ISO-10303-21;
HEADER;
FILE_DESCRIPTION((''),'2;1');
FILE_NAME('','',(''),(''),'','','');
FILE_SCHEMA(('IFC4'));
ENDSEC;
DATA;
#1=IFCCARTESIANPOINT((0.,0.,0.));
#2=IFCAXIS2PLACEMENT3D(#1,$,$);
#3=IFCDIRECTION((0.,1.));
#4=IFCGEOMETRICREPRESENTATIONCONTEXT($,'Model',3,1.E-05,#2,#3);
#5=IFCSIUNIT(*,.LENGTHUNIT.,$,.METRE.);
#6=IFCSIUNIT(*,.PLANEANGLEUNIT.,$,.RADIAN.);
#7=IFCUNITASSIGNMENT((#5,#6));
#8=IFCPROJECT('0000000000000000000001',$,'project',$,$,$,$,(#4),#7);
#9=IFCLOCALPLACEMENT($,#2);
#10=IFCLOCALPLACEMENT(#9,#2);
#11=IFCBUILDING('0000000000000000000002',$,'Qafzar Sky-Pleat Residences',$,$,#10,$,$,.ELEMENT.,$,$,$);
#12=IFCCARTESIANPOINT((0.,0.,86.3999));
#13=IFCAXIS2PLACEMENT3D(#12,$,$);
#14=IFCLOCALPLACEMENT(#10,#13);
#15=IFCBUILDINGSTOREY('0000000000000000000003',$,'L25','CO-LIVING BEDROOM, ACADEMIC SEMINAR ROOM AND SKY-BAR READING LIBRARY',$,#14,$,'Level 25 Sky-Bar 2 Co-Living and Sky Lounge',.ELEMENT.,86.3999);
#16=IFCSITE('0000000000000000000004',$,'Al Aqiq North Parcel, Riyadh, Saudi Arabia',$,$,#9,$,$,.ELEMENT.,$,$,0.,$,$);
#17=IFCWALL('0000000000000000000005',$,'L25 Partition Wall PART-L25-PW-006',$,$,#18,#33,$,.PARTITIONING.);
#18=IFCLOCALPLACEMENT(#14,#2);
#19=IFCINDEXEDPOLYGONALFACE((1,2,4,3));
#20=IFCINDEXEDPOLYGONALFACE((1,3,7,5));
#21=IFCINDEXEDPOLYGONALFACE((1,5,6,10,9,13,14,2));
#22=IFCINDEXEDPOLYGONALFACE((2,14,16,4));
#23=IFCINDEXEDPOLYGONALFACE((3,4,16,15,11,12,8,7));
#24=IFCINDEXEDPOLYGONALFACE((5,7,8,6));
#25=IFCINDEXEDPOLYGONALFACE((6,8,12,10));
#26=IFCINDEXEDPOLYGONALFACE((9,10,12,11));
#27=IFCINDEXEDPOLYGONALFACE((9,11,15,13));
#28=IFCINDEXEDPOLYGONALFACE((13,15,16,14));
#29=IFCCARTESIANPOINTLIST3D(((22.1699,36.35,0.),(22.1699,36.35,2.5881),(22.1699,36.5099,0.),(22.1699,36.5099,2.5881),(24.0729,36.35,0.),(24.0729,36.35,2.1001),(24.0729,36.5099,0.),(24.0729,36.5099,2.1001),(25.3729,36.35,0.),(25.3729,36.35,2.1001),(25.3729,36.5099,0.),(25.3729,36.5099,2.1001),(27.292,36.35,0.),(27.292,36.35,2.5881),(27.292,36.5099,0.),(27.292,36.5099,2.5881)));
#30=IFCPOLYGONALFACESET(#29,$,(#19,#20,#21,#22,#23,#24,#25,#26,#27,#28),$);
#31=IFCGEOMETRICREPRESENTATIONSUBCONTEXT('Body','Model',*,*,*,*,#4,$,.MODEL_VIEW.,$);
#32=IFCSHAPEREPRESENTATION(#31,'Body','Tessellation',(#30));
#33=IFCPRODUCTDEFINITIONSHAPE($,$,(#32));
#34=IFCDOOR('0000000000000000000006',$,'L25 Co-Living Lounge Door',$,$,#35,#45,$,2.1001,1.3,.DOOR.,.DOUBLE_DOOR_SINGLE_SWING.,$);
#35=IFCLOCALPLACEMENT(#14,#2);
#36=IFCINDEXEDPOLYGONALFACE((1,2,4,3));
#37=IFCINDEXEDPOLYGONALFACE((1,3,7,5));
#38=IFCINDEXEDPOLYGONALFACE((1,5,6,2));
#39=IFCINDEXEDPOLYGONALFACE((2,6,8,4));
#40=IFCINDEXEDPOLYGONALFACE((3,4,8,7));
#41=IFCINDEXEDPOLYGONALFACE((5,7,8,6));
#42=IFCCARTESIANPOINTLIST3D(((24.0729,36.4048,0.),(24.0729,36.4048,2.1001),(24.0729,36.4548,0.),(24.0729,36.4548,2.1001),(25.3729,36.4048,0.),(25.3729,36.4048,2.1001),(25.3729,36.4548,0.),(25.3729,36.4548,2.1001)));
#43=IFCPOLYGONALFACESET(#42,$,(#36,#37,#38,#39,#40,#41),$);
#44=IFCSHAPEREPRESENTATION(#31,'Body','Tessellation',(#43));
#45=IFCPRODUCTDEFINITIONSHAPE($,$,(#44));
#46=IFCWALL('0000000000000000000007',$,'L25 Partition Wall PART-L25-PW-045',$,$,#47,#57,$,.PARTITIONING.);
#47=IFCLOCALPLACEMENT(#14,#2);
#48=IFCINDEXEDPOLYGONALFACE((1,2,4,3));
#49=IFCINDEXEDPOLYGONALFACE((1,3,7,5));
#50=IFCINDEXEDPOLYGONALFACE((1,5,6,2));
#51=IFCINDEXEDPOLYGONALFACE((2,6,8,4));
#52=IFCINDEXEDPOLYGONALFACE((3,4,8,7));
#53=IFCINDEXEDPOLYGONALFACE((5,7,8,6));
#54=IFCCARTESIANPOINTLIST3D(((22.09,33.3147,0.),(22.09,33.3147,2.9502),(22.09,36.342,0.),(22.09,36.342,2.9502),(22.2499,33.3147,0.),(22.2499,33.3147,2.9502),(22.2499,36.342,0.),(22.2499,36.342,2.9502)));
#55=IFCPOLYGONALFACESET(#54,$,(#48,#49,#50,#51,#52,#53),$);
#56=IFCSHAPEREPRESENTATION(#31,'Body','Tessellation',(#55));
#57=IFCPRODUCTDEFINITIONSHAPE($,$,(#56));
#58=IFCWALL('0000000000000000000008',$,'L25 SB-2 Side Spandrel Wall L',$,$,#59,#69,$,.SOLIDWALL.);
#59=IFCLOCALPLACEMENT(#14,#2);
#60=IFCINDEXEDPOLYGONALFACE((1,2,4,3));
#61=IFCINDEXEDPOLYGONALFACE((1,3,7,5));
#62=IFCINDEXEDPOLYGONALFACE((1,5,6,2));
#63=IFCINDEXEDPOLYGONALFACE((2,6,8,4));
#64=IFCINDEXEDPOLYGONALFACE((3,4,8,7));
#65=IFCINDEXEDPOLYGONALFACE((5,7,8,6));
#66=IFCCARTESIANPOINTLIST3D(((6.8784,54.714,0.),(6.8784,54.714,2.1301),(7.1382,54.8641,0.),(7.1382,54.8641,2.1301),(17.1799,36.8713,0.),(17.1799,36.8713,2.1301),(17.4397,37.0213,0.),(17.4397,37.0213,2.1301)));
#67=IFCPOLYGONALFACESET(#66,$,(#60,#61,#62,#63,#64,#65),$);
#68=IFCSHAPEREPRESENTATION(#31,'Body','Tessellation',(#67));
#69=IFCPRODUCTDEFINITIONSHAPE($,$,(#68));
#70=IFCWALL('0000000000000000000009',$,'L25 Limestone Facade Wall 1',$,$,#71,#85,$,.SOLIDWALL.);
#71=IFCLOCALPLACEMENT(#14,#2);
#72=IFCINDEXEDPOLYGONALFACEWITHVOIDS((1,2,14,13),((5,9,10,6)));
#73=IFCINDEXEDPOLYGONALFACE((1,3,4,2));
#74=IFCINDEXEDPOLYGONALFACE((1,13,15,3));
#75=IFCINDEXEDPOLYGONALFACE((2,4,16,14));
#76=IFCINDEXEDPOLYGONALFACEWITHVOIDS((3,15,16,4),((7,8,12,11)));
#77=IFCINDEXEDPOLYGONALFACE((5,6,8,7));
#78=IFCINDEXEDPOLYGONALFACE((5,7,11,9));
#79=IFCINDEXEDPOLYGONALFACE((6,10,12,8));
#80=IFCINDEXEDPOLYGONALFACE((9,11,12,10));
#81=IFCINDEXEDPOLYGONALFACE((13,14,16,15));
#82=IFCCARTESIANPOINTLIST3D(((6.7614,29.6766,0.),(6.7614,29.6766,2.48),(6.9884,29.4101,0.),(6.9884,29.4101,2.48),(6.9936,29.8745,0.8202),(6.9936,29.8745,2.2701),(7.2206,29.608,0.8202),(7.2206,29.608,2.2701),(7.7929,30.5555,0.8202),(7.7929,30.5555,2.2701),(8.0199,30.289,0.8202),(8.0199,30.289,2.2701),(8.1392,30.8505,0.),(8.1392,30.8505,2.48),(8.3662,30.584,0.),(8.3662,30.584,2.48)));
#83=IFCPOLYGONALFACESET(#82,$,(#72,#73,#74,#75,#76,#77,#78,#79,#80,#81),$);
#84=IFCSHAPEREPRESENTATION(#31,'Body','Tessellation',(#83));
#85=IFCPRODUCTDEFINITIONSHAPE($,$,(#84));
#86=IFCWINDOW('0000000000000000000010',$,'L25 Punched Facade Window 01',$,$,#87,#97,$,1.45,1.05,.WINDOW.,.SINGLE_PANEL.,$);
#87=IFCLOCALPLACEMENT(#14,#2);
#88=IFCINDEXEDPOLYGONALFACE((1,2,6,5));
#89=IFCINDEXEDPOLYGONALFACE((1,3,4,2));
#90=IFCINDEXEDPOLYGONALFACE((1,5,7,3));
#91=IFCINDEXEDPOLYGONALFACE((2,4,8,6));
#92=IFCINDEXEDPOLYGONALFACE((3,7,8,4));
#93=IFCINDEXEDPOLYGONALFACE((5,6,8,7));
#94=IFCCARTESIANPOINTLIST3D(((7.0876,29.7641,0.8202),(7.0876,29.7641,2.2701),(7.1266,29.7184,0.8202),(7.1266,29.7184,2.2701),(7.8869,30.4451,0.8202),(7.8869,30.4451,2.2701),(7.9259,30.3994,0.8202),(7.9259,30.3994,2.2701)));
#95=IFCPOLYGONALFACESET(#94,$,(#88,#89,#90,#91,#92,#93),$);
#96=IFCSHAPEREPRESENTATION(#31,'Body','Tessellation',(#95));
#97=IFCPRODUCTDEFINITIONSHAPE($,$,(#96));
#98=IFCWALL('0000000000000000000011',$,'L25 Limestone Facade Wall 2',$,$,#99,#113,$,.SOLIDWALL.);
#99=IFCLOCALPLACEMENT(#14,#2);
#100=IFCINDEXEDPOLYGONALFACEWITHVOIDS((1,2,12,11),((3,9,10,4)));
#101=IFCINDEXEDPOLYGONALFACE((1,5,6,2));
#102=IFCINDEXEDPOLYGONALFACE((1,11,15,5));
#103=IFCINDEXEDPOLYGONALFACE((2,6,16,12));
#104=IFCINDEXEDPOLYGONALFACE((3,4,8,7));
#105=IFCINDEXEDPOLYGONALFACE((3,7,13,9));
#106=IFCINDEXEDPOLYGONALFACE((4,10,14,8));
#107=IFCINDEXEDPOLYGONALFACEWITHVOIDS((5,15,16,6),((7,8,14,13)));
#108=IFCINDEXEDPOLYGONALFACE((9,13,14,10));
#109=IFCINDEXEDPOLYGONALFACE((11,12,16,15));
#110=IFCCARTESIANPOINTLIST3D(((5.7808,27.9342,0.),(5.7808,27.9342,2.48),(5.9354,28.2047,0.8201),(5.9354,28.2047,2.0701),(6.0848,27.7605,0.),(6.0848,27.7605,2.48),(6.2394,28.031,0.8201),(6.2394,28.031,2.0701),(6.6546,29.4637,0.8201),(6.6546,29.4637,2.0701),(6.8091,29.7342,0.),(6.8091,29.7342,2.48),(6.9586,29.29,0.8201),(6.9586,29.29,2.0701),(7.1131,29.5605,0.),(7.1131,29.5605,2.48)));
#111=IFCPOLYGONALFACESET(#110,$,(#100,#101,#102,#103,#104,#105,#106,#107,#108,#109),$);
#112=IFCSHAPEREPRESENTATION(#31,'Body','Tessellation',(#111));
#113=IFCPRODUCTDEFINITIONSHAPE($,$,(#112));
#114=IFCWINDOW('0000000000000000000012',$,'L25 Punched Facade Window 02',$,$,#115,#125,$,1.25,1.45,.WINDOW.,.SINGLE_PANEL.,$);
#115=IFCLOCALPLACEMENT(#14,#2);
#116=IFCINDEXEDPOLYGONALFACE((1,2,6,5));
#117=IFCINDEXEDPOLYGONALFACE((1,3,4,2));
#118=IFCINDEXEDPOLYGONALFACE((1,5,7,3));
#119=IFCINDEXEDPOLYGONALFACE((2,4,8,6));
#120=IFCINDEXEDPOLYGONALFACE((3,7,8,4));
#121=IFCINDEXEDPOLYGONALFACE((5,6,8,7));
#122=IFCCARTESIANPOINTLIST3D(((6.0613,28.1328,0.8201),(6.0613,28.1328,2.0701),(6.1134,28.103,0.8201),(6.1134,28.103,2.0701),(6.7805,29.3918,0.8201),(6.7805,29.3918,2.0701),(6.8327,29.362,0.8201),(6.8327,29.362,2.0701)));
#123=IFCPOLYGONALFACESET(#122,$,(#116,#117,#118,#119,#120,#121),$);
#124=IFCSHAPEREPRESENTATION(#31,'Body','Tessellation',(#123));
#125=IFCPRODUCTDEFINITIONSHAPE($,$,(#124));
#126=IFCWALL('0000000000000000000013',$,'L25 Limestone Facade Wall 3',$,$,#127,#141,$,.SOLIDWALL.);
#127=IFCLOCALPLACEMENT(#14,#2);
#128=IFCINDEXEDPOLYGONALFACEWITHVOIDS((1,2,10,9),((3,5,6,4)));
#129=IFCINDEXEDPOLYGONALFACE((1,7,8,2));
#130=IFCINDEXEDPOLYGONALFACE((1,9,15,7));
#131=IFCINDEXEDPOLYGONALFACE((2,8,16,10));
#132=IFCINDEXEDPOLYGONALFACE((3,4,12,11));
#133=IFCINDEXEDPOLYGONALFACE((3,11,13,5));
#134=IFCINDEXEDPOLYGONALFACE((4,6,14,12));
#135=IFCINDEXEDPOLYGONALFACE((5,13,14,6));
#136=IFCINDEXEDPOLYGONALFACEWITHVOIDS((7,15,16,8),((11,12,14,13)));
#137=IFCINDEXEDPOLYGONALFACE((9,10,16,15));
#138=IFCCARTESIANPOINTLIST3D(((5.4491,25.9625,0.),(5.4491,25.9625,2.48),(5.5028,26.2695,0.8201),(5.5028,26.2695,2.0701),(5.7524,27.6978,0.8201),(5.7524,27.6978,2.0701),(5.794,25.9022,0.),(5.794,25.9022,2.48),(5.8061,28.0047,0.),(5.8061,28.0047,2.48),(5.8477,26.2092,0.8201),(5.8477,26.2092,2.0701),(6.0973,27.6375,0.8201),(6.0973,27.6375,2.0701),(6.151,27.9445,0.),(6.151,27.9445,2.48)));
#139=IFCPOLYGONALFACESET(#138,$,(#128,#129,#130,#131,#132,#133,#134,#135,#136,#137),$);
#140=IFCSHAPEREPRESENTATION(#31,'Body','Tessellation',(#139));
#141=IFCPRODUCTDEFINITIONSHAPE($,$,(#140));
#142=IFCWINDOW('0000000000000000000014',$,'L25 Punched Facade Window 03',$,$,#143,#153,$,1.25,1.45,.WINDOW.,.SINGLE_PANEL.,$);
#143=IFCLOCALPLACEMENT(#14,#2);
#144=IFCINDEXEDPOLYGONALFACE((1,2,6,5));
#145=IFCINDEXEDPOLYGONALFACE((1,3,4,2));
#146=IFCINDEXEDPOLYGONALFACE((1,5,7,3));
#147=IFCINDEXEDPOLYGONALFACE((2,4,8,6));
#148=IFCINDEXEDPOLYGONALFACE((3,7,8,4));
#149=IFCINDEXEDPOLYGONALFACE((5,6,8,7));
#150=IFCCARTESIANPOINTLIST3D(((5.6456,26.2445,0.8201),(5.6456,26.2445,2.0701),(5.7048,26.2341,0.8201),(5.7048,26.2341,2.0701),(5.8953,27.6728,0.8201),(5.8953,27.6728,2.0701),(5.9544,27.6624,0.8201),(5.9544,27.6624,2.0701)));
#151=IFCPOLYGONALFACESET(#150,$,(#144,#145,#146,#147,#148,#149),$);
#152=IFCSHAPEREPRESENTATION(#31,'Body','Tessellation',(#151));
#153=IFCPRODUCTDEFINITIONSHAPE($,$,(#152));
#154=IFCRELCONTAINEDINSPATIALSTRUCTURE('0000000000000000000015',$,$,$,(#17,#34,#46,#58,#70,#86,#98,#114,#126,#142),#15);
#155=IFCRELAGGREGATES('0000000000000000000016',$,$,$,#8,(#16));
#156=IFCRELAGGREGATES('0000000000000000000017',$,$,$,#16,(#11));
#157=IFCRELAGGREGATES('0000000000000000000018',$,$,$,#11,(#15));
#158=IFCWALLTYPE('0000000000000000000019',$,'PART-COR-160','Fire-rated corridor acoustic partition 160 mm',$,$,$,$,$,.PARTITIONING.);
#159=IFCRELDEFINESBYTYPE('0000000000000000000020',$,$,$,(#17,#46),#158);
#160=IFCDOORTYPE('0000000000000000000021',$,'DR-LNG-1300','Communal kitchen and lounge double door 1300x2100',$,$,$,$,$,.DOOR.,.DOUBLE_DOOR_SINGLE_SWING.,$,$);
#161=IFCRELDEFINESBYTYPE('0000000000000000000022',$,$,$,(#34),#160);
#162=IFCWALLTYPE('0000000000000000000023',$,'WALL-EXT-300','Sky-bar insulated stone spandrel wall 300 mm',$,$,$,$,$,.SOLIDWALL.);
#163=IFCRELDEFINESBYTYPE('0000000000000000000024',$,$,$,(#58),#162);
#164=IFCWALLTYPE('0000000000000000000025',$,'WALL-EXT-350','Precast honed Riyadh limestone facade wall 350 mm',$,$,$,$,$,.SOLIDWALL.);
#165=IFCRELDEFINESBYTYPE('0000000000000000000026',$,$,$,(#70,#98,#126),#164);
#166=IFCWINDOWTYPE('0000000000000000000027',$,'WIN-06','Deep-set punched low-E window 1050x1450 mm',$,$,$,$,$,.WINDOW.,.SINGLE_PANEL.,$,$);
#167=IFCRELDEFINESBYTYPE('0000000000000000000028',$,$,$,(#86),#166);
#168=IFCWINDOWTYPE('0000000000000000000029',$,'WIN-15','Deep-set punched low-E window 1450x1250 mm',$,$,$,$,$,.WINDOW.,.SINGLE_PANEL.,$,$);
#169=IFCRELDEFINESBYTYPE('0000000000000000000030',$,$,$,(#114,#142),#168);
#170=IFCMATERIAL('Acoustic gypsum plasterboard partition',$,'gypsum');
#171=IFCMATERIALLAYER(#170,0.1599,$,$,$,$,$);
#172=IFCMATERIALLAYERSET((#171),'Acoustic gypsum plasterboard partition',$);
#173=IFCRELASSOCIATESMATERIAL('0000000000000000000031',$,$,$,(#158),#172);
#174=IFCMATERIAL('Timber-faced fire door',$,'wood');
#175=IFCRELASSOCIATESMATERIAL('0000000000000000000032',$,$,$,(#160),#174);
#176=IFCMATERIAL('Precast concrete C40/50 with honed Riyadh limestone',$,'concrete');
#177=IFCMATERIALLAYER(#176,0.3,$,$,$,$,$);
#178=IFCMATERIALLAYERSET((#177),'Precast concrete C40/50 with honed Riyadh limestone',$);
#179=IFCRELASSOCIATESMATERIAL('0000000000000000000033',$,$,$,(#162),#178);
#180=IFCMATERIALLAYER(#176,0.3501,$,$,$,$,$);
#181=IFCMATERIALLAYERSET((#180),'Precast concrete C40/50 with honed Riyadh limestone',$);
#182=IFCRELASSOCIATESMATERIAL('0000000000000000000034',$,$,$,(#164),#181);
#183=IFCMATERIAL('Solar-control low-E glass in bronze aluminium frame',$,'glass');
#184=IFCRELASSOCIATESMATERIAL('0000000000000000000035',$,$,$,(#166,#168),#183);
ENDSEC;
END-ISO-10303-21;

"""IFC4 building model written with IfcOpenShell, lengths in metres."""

from ifc_helpers import new_model, si_unit, direction, frame, frame_2d, origin, place, context, subcontext, project, spatial, rectangle, extrude, source, transform, mapped, material, layer, layer_set, type_object, element, fill, save


model = new_model("IFC4")

# Units and contexts
model_context = context("Model", 3, precision=1e-05, world=origin(), true_north=direction((0.0, 1.0)))
body_context = subcontext(model_context, "Body", "Model", "MODEL_VIEW")
ifc_project = project(units=[si_unit("LENGTHUNIT", "METRE"), si_unit("PLANEANGLEUNIT", "RADIAN")], contexts=[model_context])

# Site, building, storey
site_placement = place(None, origin())
site = spatial("IfcSite", under=ifc_project, at=site_placement, Name="Al Aqiq North Parcel, Riyadh, Saudi Arabia", CompositionType="ELEMENT", RefElevation=0.0)
building_placement = place(site_placement, origin())
building = spatial("IfcBuilding", under=site, at=building_placement, Name="Qafzar Sky-Pleat Residences", CompositionType="ELEMENT")
storey_placement = place(building_placement, frame((0.0, 0.0, 86.3999)))
storey = spatial("IfcBuildingStorey", under=building, at=storey_placement, Name="L25", Description="CO-LIVING BEDROOM, ACADEMIC SEMINAR ROOM AND SKY-BAR READING LIBRARY", LongName="Level 25 Sky-Bar 2 Co-Living and Sky Lounge", CompositionType="ELEMENT", Elevation=86.3999)

# Wall, opening, door
ifc_material_1 = material(Name="Acoustic gypsum plasterboard partition", Category="gypsum")
ifc_layer_1 = layer(ifc_material_1, 0.1599)
ifc_layer_set_1 = layer_set([ifc_layer_1], Name="Acoustic gypsum plasterboard partition")
wall_type_1 = type_object("IfcWallType", Name="PART-COR-160", Description="Fire-rated corridor acoustic partition 160 mm", PredefinedType="PARTITIONING", material=ifc_layer_set_1)
ifc_material_2 = material(Name="Timber-faced fire door", Category="wood")
door_type = type_object("IfcDoorType", Name="DR-LNG-1300", Description="Communal kitchen and lounge double door 1300x2100", OperationType="DOUBLE_DOOR_SINGLE_SWING", PredefinedType="DOOR", material=ifc_material_2)
shared_shape_1 = source(origin(), body_context, "Body", "SweptSolid", [
    extrude(rectangle(XDim=1.3, YDim=2.1001, at=frame_2d((0.6499, 1.05))), frame((0.0, 0.0249, 0.0), z_axis=(0.0, -1.0, 0.0), x_axis=(1.0, 0.0, 0.0)), (0.0, 0.0, 1.0), 0.05),
])
wall_1_placement = place(storey_placement, frame((22.1699, 36.4299, 0.0), z_axis=(0.0, 0.0, 1.0), x_axis=(1.0, 0.0, 0.0)))
wall_1 = element("IfcWall", 1, at=wall_1_placement, inside=storey, type_object=wall_type_1, Name="L25 Partition Wall PART-L25-PW-006", PredefinedType="PARTITIONING", context=body_context, shape_type="SweptSolid", body=[
    extrude(rectangle(XDim=5.1221, YDim=0.1599, at=frame_2d((2.561, 0.0))), origin(), (0.0, 0.0, 1.0), 2.5881),
])
opening_1_placement = place(wall_1_placement, frame((1.9031, 0.0, 0.0)))
opening_1 = element("IfcOpeningElement", 2, at=opening_1_placement, cuts=wall_1, PredefinedType="OPENING", context=body_context, shape_type="SweptSolid", body=[
    extrude(rectangle(XDim=1.3, YDim=2.1001, at=frame_2d((0.6499, 1.05))), frame((0.0, 0.0898, 0.0), z_axis=(0.0, -1.0, 0.0), x_axis=(1.0, 0.0, 0.0)), (0.0, 0.0, 1.0), 0.1799),
])
door_1_placement = place(opening_1_placement, origin())
door_1 = element("IfcDoor", 3, at=door_1_placement, inside=storey, type_object=door_type, Name="L25 Co-Living Lounge Door", OperationType="DOUBLE_DOOR_SINGLE_SWING", OverallHeight=2.1001, OverallWidth=1.3, PredefinedType="DOOR", context=body_context, shape_type="MappedRepresentation", body=[
    mapped(shared_shape_1, transform((0.0, 0.0, 0.0), x_axis=(1.0, 0.0, 0.0), y_axis=(0.0, 1.0, 0.0), z_axis=(0.0, 0.0, 1.0), scale=1.0)),
])
fill(opening_1, door_1)

# Walls
wall_2_placement = place(storey_placement, frame((22.1699, 33.3147, 0.0), z_axis=(0.0, 0.0, 1.0), x_axis=(0.0, 1.0, 0.0)))
element("IfcWall", 4, at=wall_2_placement, inside=storey, type_object=wall_type_1, Name="L25 Partition Wall PART-L25-PW-045", PredefinedType="PARTITIONING", context=body_context, shape_type="SweptSolid", body=[
    extrude(rectangle(XDim=3.0273, YDim=0.1599, at=frame_2d((1.5137, 0.0))), origin(), (0.0, 0.0, 1.0), 2.9502),
])
ifc_material_3 = material(Name="Precast concrete C40/50 with honed Riyadh limestone", Category="concrete")
ifc_layer_2 = layer(ifc_material_3, 0.3)
ifc_layer_set_2 = layer_set([ifc_layer_2], Name="Precast concrete C40/50 with honed Riyadh limestone")
wall_type_2 = type_object("IfcWallType", Name="WALL-EXT-300", Description="Sky-bar insulated stone spandrel wall 300 mm", PredefinedType="SOLIDWALL", material=ifc_layer_set_2)
wall_3_placement = place(storey_placement, frame((17.3098, 36.9463, 0.0), z_axis=(0.0, 0.0, 1.0), x_axis=(-0.499999, 0.866026, 0.0)))
element("IfcWall", 5, at=wall_3_placement, inside=storey, type_object=wall_type_2, Name="L25 SB-2 Side Spandrel Wall L", PredefinedType="SOLIDWALL", context=body_context, shape_type="SweptSolid", body=[
    extrude(rectangle(XDim=20.603, YDim=0.3, at=frame_2d((10.3015, 0.0))), origin(), (0.0, 0.0, 1.0), 2.1301),
])

# Walls, openings, windows
ifc_layer_3 = layer(ifc_material_3, 0.3501)
ifc_layer_set_3 = layer_set([ifc_layer_3], Name="Precast concrete C40/50 with honed Riyadh limestone")
wall_type_3 = type_object("IfcWallType", Name="WALL-EXT-350", Description="Precast honed Riyadh limestone facade wall 350 mm", PredefinedType="SOLIDWALL", material=ifc_layer_set_3)
wall_4_placement = place(storey_placement, frame((8.2527, 30.7173, 0.0), z_axis=(0.0, 0.0, 1.0), x_axis=(-0.761177, -0.648545, 0.0)))
wall_4 = element("IfcWall", 6, at=wall_4_placement, inside=storey, type_object=wall_type_3, Name="L25 Limestone Facade Wall 1", PredefinedType="SOLIDWALL", context=body_context, shape_type="SweptSolid", body=[
    extrude(rectangle(XDim=1.8101, YDim=0.3501, at=frame_2d((0.905, 0.0))), origin(), (0.0, 0.0, 1.0), 2.48),
])
opening_2_placement = place(wall_4_placement, frame((0.4551, 0.0, 0.8201)))
opening_2 = element("IfcOpeningElement", 7, at=opening_2_placement, cuts=wall_4, PredefinedType="OPENING", context=body_context, shape_type="SweptSolid", body=[
    extrude(rectangle(XDim=1.05, YDim=1.45, at=frame_2d((0.5249, 0.7251))), frame((0.0, 0.1851, 0.0), z_axis=(0.0, -1.0, 0.0), x_axis=(1.0, 0.0, 0.0)), (0.0, 0.0, 1.0), 0.3701),
])
ifc_material_4 = material(Name="Solar-control low-E glass in bronze aluminium frame", Category="glass")
window_type_1 = type_object("IfcWindowType", Name="WIN-06", Description="Deep-set punched low-E window 1050x1450 mm", PartitioningType="SINGLE_PANEL", PredefinedType="WINDOW", material=ifc_material_4)
shared_shape_2 = source(origin(), body_context, "Body", "SweptSolid", [
    extrude(rectangle(XDim=1.05, YDim=1.45, at=frame_2d((0.5249, 0.7251))), frame((0.0, 0.03, 0.0), z_axis=(0.0, -1.0, 0.0), x_axis=(1.0, 0.0, 0.0)), (0.0, 0.0, 1.0), 0.0601),
])
window_1_placement = place(opening_2_placement, origin())
window_1 = element("IfcWindow", 8, at=window_1_placement, inside=storey, type_object=window_type_1, Name="L25 Punched Facade Window 01", OverallHeight=1.45, OverallWidth=1.05, PartitioningType="SINGLE_PANEL", PredefinedType="WINDOW", context=body_context, shape_type="MappedRepresentation", body=[
    mapped(shared_shape_2, transform((0.0, 0.0, 0.0), x_axis=(1.0, 0.0, 0.0), y_axis=(0.0, 1.0, 0.0), z_axis=(0.0, 0.0, 1.0), scale=1.0)),
])
fill(opening_2, window_1)
wall_5_placement = place(storey_placement, frame((6.9612, 29.6475, 0.0), z_axis=(0.0, 0.0, 1.0), x_axis=(-0.496037, -0.868301, 0.0)))
wall_5 = element("IfcWall", 9, at=wall_5_placement, inside=storey, type_object=wall_type_3, Name="L25 Limestone Facade Wall 2", PredefinedType="SOLIDWALL", context=body_context, shape_type="SweptSolid", body=[
    extrude(rectangle(XDim=2.073, YDim=0.3501, at=frame_2d((1.0366, 0.0))), origin(), (0.0, 0.0, 1.0), 2.48),
])
opening_3_placement = place(wall_5_placement, frame((0.3115, 0.0, 0.8201)))
opening_3 = element("IfcOpeningElement", 10, at=opening_3_placement, cuts=wall_5, PredefinedType="OPENING", context=body_context, shape_type="SweptSolid", body=[
    extrude(rectangle(XDim=1.45, YDim=1.25, at=frame_2d((0.7251, 0.625))), frame((0.0, 0.1851, 0.0), z_axis=(0.0, -1.0, 0.0), x_axis=(1.0, 0.0, 0.0)), (0.0, 0.0, 1.0), 0.3701),
])
window_type_2 = type_object("IfcWindowType", Name="WIN-15", Description="Deep-set punched low-E window 1450x1250 mm", PartitioningType="SINGLE_PANEL", PredefinedType="WINDOW", material=ifc_material_4)
shared_shape_3 = source(origin(), body_context, "Body", "SweptSolid", [
    extrude(rectangle(XDim=1.45, YDim=1.25, at=frame_2d((0.7251, 0.625))), frame((0.0, 0.03, 0.0), z_axis=(0.0, -1.0, 0.0), x_axis=(1.0, 0.0, 0.0)), (0.0, 0.0, 1.0), 0.0601),
])
window_2_placement = place(opening_3_placement, origin())
window_2 = element("IfcWindow", 11, at=window_2_placement, inside=storey, type_object=window_type_2, Name="L25 Punched Facade Window 02", OverallHeight=1.25, OverallWidth=1.45, PartitioningType="SINGLE_PANEL", PredefinedType="WINDOW", context=body_context, shape_type="MappedRepresentation", body=[
    mapped(shared_shape_3, transform((0.0, 0.0, 0.0), x_axis=(1.0, 0.0, 0.0), y_axis=(0.0, 1.0, 0.0), z_axis=(0.0, 0.0, 1.0), scale=1.0)),
])
fill(opening_3, window_2)
wall_6_placement = place(storey_placement, frame((5.9785, 27.9746, 0.0), z_axis=(0.0, 0.0, 1.0), x_axis=(-0.172166, -0.985068, 0.0)))
wall_6 = element("IfcWall", 12, at=wall_6_placement, inside=storey, type_object=wall_type_3, Name="L25 Limestone Facade Wall 3", PredefinedType="SOLIDWALL", context=body_context, shape_type="SweptSolid", body=[
    extrude(rectangle(XDim=2.0732, YDim=0.3501, at=frame_2d((1.0366, 0.0))), origin(), (0.0, 0.0, 1.0), 2.48),
])
opening_4_placement = place(wall_6_placement, frame((0.3115, 0.0, 0.8201)))
opening_4 = element("IfcOpeningElement", 13, at=opening_4_placement, cuts=wall_6, PredefinedType="OPENING", context=body_context, shape_type="SweptSolid", body=[
    extrude(rectangle(XDim=1.45, YDim=1.25, at=frame_2d((0.7251, 0.625))), frame((0.0, 0.1851, 0.0), z_axis=(0.0, -1.0, 0.0), x_axis=(1.0, 0.0, 0.0)), (0.0, 0.0, 1.0), 0.3701),
])
window_3_placement = place(opening_4_placement, origin())
window_3 = element("IfcWindow", 14, at=window_3_placement, inside=storey, type_object=window_type_2, Name="L25 Punched Facade Window 03", OverallHeight=1.25, OverallWidth=1.45, PartitioningType="SINGLE_PANEL", PredefinedType="WINDOW", context=body_context, shape_type="MappedRepresentation", body=[
    mapped(shared_shape_3, transform((0.0, 0.0, 0.0), x_axis=(1.0, 0.0, 0.0), y_axis=(0.0, 1.0, 0.0), z_axis=(0.0, 0.0, 1.0), scale=1.0)),
])
fill(opening_4, window_3)

save(model, "model.ifc")
